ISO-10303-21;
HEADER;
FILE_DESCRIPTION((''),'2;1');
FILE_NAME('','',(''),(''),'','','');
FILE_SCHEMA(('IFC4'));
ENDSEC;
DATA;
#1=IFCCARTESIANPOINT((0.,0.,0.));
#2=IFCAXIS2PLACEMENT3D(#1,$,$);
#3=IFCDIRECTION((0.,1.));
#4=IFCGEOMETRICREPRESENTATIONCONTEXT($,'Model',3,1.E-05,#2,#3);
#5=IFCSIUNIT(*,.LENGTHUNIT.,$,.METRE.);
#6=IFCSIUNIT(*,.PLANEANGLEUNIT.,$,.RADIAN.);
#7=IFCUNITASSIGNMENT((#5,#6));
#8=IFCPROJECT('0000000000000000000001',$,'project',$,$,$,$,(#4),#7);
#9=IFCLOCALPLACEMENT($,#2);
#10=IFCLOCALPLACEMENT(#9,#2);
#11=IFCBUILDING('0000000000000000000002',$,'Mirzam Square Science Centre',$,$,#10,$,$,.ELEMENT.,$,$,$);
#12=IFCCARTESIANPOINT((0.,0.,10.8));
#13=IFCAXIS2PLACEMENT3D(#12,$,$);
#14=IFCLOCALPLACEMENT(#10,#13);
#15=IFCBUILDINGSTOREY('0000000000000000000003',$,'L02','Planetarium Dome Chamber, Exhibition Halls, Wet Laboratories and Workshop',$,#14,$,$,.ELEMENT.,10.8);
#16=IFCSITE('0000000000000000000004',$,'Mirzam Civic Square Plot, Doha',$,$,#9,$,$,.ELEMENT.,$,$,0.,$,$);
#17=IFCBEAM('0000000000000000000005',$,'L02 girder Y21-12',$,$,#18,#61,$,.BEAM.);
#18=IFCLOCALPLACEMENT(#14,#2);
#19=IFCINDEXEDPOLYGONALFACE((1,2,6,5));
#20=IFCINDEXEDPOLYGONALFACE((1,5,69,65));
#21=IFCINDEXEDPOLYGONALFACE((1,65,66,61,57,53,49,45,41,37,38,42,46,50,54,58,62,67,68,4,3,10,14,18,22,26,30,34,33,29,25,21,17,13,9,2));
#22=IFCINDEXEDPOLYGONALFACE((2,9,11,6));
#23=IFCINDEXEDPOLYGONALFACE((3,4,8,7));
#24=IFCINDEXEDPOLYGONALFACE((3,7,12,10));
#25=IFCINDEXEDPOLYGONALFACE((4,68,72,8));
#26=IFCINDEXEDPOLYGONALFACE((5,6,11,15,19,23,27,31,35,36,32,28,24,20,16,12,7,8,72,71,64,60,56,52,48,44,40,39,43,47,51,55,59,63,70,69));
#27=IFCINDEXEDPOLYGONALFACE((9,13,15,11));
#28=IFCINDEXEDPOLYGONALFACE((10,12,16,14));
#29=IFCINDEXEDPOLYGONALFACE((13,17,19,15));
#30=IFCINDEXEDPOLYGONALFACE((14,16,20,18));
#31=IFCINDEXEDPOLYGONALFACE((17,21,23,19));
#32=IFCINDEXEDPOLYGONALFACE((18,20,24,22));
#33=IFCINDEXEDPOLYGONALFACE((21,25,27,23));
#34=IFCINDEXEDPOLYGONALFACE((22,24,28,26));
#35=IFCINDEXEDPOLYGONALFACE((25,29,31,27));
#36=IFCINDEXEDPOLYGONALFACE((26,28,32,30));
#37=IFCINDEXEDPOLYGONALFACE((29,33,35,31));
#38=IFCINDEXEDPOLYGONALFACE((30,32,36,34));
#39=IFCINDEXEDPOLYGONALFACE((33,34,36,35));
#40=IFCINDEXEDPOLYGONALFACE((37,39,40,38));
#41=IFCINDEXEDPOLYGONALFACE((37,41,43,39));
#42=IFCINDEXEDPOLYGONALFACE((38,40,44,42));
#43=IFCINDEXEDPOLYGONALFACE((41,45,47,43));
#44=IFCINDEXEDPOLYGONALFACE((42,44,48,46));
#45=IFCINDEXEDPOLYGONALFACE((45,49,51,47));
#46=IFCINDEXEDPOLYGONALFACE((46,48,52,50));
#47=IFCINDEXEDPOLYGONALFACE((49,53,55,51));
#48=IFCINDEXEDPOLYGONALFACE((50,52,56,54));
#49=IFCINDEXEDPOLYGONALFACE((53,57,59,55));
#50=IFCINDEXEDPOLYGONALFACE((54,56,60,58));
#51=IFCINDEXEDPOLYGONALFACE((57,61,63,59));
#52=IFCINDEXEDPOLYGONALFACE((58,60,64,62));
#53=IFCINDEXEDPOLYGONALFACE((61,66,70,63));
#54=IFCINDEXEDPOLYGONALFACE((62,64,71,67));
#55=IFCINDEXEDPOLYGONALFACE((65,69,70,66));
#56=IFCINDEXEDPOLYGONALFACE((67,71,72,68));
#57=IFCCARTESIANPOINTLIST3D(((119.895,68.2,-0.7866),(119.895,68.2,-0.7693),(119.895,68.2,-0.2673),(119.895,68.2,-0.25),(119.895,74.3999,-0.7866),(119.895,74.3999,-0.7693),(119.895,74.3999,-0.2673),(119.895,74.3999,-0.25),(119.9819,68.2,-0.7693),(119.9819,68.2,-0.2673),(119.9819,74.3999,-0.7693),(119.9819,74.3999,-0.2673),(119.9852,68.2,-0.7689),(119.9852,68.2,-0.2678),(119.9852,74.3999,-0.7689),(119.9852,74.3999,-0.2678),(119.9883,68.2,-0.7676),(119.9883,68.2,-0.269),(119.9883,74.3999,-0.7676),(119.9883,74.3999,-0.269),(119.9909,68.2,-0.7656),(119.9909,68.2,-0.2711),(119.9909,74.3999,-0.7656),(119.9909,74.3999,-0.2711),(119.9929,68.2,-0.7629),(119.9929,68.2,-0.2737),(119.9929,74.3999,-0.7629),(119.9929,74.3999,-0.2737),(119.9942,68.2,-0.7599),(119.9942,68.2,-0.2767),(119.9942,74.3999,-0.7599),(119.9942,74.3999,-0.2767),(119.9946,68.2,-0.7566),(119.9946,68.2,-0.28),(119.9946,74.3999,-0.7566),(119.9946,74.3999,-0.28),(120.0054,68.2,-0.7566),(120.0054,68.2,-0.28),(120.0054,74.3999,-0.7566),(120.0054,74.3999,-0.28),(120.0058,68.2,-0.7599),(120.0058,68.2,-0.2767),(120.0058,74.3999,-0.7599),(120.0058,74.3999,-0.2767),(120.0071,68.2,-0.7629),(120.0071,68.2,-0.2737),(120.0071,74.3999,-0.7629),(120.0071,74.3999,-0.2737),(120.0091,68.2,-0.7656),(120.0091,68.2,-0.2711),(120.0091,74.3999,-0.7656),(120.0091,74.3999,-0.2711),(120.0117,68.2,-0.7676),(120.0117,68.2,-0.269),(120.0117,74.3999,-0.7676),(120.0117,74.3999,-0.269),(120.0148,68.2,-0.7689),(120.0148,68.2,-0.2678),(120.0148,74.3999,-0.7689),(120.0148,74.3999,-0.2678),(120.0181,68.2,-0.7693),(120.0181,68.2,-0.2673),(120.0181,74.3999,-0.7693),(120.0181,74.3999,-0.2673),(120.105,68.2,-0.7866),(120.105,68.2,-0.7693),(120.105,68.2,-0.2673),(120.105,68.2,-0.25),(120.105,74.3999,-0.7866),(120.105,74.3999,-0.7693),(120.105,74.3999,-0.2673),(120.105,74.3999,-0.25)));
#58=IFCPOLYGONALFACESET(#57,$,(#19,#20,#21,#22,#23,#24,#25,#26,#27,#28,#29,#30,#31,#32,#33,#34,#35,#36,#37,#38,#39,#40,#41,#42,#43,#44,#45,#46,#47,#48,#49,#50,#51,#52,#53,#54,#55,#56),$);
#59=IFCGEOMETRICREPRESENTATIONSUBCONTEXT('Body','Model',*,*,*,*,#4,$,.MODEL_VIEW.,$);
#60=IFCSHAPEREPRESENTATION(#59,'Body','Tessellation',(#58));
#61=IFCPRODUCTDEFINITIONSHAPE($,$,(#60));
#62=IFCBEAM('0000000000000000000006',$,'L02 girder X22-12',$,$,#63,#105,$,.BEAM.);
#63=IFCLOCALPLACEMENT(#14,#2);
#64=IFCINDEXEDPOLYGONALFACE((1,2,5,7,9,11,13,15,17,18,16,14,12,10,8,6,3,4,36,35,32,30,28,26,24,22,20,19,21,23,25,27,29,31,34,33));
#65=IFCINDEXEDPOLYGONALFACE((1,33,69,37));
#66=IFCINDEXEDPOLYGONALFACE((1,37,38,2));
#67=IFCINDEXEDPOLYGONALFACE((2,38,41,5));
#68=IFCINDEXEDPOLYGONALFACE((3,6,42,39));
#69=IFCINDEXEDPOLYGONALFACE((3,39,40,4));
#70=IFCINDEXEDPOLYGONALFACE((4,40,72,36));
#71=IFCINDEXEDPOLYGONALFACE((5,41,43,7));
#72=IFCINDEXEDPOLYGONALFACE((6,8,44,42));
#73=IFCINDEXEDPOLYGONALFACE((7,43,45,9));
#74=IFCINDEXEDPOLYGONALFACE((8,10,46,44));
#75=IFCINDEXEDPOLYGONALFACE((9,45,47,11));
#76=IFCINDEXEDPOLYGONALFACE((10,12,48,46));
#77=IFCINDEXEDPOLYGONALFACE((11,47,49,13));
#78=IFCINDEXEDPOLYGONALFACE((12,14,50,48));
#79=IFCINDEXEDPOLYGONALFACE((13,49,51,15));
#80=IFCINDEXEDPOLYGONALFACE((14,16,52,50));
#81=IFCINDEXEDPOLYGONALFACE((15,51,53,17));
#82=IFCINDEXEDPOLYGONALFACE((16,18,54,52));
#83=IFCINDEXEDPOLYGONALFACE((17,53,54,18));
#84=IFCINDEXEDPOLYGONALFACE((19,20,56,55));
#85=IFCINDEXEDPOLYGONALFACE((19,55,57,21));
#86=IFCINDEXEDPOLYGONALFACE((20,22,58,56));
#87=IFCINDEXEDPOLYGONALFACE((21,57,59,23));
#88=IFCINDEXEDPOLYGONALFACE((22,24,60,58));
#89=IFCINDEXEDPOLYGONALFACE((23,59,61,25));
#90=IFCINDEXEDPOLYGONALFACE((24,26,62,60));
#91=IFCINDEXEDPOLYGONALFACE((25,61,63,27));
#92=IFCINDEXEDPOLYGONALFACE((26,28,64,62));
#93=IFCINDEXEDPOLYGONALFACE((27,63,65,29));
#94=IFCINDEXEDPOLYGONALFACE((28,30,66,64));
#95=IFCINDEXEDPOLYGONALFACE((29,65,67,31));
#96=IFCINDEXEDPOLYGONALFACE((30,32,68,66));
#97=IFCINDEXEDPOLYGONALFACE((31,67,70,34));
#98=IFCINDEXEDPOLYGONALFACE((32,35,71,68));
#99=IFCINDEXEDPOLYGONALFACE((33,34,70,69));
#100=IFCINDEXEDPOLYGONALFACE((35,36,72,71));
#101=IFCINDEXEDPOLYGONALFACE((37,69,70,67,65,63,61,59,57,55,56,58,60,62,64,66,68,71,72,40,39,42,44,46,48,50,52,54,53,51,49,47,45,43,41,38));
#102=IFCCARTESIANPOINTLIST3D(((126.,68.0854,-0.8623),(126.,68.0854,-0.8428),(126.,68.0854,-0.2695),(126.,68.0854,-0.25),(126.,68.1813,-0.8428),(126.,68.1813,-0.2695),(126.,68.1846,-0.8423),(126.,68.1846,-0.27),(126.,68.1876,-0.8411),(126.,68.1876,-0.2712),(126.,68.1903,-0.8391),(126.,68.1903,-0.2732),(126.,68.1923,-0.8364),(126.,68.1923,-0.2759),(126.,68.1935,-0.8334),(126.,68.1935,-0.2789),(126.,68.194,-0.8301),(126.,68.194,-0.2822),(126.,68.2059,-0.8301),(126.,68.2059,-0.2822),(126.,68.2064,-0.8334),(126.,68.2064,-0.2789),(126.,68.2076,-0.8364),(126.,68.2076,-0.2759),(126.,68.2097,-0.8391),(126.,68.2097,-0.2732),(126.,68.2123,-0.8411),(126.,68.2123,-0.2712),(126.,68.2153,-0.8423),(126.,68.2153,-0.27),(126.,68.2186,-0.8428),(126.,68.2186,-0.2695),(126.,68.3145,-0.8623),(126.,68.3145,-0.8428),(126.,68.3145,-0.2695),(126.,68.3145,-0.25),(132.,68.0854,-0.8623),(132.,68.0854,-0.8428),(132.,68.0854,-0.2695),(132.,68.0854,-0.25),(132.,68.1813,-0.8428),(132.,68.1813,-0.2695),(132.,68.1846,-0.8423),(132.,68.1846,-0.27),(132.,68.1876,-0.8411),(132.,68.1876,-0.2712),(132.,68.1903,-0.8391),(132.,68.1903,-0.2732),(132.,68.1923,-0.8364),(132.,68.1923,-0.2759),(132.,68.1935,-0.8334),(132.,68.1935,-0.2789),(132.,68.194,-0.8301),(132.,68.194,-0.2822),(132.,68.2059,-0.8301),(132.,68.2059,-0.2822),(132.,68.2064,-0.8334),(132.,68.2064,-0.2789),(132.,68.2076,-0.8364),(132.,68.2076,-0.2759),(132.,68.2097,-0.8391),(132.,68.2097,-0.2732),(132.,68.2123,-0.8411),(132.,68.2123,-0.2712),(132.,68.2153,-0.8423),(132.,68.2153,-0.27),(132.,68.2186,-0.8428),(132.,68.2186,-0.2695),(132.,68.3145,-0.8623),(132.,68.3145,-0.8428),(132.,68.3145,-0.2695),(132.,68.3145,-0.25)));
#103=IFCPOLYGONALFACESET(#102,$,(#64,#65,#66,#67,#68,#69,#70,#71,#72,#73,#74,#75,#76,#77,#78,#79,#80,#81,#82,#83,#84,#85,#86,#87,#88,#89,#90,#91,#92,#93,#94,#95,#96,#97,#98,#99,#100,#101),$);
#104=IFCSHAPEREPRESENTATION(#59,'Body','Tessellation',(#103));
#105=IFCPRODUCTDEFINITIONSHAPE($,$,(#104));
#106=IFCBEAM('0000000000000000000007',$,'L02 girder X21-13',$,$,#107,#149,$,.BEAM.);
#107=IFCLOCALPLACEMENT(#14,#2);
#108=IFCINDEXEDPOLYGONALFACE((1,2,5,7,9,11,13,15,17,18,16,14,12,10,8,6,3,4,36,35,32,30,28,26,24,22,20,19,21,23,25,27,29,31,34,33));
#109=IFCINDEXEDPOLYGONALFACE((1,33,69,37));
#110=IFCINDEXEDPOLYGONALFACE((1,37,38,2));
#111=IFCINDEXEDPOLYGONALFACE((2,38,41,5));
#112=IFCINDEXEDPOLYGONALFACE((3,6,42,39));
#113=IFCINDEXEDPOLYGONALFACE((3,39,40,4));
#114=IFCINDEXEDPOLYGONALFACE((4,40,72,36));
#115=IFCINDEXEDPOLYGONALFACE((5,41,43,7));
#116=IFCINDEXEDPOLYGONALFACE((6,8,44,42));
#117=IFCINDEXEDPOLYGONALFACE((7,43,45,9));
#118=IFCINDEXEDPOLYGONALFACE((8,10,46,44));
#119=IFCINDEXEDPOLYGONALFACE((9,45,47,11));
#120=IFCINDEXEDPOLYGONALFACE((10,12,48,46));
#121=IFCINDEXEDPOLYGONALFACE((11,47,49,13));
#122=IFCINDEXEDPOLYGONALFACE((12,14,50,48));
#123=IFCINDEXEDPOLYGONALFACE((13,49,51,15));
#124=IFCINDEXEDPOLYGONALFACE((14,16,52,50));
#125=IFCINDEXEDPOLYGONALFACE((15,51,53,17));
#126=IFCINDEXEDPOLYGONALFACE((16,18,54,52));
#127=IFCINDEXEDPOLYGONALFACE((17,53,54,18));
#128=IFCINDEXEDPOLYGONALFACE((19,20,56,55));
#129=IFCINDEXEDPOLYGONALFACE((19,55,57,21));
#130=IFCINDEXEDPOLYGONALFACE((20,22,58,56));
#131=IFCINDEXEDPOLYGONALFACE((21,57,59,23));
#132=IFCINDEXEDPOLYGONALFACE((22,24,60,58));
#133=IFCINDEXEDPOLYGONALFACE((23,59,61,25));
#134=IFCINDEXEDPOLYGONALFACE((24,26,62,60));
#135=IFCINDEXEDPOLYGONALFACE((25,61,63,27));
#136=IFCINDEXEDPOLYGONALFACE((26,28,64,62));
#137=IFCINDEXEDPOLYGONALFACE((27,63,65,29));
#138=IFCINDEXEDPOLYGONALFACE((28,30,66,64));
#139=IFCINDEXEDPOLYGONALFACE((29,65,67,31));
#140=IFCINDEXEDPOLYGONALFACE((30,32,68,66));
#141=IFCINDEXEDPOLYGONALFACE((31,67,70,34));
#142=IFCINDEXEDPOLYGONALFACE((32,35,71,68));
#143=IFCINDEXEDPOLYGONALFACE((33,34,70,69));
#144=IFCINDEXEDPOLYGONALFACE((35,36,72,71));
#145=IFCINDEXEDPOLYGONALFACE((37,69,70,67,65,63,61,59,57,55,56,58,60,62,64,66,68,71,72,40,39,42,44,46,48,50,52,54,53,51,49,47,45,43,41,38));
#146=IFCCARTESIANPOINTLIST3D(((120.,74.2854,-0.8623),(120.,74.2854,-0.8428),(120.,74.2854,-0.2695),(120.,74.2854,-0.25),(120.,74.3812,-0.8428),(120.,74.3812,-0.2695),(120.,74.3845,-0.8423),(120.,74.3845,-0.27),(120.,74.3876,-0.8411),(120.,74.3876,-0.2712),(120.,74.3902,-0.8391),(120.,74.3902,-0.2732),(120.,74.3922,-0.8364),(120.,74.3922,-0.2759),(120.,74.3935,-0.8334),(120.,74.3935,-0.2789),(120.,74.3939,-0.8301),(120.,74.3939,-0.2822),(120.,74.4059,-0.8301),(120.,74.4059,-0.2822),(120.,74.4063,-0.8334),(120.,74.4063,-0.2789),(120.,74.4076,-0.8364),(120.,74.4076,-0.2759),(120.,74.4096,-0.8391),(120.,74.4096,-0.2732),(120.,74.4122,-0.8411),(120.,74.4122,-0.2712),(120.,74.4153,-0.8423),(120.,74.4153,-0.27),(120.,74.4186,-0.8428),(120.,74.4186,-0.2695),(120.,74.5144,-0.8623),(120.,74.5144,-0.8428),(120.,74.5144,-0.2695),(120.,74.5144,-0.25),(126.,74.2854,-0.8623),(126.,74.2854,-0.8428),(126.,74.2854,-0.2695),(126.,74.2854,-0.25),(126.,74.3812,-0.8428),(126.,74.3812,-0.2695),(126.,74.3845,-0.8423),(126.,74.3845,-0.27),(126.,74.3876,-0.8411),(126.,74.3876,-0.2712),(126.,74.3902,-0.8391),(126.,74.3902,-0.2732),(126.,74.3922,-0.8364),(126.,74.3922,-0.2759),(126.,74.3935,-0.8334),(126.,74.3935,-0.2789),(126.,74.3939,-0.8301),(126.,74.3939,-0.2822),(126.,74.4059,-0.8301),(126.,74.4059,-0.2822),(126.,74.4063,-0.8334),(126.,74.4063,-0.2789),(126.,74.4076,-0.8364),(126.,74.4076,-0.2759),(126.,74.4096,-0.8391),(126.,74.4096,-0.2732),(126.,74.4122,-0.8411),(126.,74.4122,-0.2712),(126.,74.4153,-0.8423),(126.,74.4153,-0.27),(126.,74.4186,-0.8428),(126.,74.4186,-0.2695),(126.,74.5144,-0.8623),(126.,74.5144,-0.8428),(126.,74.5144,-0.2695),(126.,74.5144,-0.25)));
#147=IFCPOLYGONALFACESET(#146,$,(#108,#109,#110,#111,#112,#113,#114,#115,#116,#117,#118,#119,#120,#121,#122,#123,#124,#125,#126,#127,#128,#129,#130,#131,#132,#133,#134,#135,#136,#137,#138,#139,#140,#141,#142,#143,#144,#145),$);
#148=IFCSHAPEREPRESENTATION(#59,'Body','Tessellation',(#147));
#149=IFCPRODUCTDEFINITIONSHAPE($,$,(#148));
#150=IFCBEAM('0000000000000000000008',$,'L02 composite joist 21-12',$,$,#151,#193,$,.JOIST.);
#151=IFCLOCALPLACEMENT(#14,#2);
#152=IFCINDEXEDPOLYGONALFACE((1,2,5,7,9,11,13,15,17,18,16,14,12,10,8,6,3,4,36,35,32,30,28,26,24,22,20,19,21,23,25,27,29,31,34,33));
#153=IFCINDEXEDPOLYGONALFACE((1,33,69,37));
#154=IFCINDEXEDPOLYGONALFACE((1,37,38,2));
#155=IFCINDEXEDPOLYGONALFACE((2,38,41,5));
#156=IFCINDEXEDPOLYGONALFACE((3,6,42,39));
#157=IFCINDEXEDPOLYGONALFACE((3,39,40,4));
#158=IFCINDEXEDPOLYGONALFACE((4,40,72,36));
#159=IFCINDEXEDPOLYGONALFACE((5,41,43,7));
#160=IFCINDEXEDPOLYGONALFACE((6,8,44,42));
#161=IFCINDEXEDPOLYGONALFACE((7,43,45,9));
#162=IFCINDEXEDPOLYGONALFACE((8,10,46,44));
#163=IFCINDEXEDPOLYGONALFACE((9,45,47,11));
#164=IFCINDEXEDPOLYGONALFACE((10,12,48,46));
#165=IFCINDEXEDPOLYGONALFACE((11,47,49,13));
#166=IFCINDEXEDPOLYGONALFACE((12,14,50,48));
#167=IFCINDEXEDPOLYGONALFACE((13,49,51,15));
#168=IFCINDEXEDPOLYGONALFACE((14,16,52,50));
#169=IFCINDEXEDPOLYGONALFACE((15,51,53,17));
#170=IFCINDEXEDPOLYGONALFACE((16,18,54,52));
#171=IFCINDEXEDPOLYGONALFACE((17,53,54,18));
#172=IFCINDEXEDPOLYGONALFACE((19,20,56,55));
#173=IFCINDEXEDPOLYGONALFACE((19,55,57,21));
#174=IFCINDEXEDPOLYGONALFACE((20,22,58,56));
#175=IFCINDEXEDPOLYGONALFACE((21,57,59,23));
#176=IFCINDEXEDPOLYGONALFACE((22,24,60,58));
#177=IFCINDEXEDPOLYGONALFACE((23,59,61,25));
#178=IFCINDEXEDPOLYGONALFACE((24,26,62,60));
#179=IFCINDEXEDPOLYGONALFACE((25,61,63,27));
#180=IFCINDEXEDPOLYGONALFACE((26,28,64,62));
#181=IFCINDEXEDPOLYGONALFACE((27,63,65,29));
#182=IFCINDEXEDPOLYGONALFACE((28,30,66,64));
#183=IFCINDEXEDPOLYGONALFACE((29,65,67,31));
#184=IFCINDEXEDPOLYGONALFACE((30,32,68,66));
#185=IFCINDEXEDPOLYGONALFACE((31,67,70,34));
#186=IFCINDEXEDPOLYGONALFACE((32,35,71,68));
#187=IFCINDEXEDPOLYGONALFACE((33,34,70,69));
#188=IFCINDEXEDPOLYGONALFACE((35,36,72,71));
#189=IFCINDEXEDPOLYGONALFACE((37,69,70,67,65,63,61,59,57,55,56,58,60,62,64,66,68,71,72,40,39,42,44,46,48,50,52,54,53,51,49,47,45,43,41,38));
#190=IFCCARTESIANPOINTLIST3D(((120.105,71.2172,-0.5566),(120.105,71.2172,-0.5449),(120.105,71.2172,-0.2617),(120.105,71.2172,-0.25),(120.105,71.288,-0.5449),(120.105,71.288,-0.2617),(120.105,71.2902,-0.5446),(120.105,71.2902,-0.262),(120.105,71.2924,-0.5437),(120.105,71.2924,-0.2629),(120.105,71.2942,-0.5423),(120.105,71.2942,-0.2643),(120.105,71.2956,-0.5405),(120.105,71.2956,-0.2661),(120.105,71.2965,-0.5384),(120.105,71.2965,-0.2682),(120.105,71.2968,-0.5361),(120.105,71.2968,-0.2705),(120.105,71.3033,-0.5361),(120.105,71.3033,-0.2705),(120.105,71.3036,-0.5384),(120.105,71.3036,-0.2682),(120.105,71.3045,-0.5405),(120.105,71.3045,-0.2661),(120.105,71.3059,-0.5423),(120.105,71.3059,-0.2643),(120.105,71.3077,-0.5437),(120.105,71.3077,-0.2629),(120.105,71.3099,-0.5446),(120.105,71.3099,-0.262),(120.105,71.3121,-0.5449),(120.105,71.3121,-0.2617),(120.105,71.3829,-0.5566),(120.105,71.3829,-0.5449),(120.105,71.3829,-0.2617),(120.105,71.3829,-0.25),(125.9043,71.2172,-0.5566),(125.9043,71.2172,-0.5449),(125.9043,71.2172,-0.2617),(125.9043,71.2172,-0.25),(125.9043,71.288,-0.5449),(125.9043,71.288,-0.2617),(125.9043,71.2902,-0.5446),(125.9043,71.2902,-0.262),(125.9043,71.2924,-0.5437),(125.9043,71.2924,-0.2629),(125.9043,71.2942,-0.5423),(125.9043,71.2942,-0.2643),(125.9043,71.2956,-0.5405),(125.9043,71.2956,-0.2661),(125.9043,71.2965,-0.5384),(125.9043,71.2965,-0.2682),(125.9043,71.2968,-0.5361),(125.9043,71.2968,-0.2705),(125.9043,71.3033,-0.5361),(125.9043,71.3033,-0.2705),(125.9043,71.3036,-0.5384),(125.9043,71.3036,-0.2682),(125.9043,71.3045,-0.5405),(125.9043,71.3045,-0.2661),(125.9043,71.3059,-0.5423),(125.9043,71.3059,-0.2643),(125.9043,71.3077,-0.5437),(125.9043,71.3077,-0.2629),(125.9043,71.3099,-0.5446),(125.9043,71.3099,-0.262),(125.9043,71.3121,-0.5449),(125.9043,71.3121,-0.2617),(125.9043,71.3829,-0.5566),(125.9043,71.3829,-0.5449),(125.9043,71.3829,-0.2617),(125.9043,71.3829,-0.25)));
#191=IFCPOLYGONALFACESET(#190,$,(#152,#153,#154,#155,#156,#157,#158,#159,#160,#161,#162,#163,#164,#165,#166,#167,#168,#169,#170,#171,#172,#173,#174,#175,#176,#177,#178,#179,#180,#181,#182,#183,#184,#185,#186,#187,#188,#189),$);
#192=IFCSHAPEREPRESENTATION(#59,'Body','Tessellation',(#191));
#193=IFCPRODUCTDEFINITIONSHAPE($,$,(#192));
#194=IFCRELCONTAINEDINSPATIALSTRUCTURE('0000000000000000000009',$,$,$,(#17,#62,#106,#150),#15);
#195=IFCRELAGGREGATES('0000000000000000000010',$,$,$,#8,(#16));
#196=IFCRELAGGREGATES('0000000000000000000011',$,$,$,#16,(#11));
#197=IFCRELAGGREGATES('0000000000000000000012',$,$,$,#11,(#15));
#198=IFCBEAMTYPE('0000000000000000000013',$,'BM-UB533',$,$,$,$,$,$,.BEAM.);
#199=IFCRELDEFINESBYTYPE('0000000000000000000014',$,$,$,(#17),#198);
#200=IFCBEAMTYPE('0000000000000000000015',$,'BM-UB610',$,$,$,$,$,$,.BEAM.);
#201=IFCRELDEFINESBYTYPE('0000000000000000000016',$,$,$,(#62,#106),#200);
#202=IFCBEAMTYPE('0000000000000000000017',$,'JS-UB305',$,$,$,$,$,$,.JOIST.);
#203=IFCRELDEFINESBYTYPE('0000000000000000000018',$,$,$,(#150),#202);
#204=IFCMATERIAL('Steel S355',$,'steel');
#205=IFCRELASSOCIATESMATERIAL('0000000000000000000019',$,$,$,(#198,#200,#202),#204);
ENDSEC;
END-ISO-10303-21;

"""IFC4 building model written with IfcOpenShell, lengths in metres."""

from ifc_helpers import new_model, si_unit, direction, frame, origin, origin_2d, place, context, subcontext, project, spatial, i_section, extrude, material, material_profile, profile_set, type_object, element, save


model = new_model("IFC4")

# Units and contexts
model_context = context("Model", 3, precision=1e-05, world=origin(), true_north=direction((0.0, 1.0)))
body_context = subcontext(model_context, "Body", "Model", "MODEL_VIEW")
ifc_project = project(units=[si_unit("LENGTHUNIT", "METRE"), si_unit("PLANEANGLEUNIT", "RADIAN")], contexts=[model_context])

# Site, building, storey
site_placement = place(None, origin())
site = spatial("IfcSite", under=ifc_project, at=site_placement, Name="Mirzam Civic Square Plot, Doha", CompositionType="ELEMENT", RefElevation=0.0)
building_placement = place(site_placement, origin())
building = spatial("IfcBuilding", under=site, at=building_placement, Name="Mirzam Square Science Centre", CompositionType="ELEMENT")
storey_placement = place(building_placement, frame((0.0, 0.0, 10.8)))
storey = spatial("IfcBuildingStorey", under=building, at=storey_placement, Name="L02", Description="Planetarium Dome Chamber, Exhibition Halls, Wet Laboratories and Workshop", CompositionType="ELEMENT", Elevation=10.8)

# Shared definitions
ifc_material_1 = material(Name="Steel S355", Category="steel")

# Beams
ifc_material_profile_1 = material_profile(ifc_material_1, i_section(OverallWidth=0.21, OverallDepth=0.5366, WebThickness=0.0107, FlangeThickness=0.0173, FilletRadius=0.0127, at=origin_2d()), Name="533x210x101UB")
ifc_profile_set_1 = profile_set([ifc_material_profile_1], Name="Steel S355")
beam_type_1 = type_object("IfcBeamType", Name="BM-UB533", PredefinedType="BEAM", material=ifc_profile_set_1)
beam_1_placement = place(storey_placement, frame((120.0, 68.2, -0.5183), z_axis=(0.0, 1.0, 0.0), x_axis=(-1.0, 0.0, 0.0)))
element("IfcBeam", 1, at=beam_1_placement, inside=storey, type_object=beam_type_1, Name="L02 girder Y21-12", PredefinedType="BEAM", context=body_context, shape_type="SweptSolid", body=[
    extrude(i_section(OverallWidth=0.21, OverallDepth=0.5366, WebThickness=0.0107, FlangeThickness=0.0173, FilletRadius=0.0127, at=origin_2d()), origin(), (0.0, 0.0, 1.0), 6.2),
])
ifc_material_profile_2 = material_profile(ifc_material_1, i_section(OverallWidth=0.229, OverallDepth=0.6123, WebThickness=0.012, FlangeThickness=0.0195, FilletRadius=0.0127, at=origin_2d()), Name="610x229x125UB")
ifc_profile_set_2 = profile_set([ifc_material_profile_2], Name="Steel S355")
beam_type_2 = type_object("IfcBeamType", Name="BM-UB610", PredefinedType="BEAM", material=ifc_profile_set_2)
for number, where, z_axis, x_axis, name in (
    (2, (126.0, 68.2, -0.5562), (1.0, 0.0, 0.0), (0.0, 1.0, 0.0), "L02 girder X22-12"),
    (3, (120.0, 74.3999, -0.5562), (1.0, 0.0, 0.0), (0.0, 1.0, 0.0), "L02 girder X21-13"),
):
    element("IfcBeam", number, at=place(storey_placement, frame(where, z_axis=z_axis, x_axis=x_axis)), inside=storey, type_object=beam_type_2, Name=name, PredefinedType="BEAM", context=body_context, shape_type="SweptSolid", body=[
        extrude(i_section(OverallWidth=0.229, OverallDepth=0.6123, WebThickness=0.012, FlangeThickness=0.0195, FilletRadius=0.0127, at=origin_2d()), origin(), (0.0, 0.0, 1.0), 6.0),
    ])
ifc_material_profile_3 = material_profile(ifc_material_1, i_section(OverallWidth=0.1658, OverallDepth=0.3066, WebThickness=0.0066, FlangeThickness=0.0117, FilletRadius=0.0088, at=origin_2d()), Name="305x165x46UB")
ifc_profile_set_3 = profile_set([ifc_material_profile_3], Name="Steel S355")
beam_type_3 = type_object("IfcBeamType", Name="JS-UB305", PredefinedType="JOIST", material=ifc_profile_set_3)
beam_2_placement = place(storey_placement, frame((120.105, 71.3, -0.4033), z_axis=(1.0, 0.0, 0.0), x_axis=(0.0, 1.0, 0.0)))
element("IfcBeam", 4, at=beam_2_placement, inside=storey, type_object=beam_type_3, Name="L02 composite joist 21-12", PredefinedType="JOIST", context=body_context, shape_type="SweptSolid", body=[
    extrude(i_section(OverallWidth=0.1658, OverallDepth=0.3066, WebThickness=0.0066, FlangeThickness=0.0117, FilletRadius=0.0088, at=origin_2d()), origin(), (0.0, 0.0, 1.0), 5.7993),
])

save(model, "model.ifc")
